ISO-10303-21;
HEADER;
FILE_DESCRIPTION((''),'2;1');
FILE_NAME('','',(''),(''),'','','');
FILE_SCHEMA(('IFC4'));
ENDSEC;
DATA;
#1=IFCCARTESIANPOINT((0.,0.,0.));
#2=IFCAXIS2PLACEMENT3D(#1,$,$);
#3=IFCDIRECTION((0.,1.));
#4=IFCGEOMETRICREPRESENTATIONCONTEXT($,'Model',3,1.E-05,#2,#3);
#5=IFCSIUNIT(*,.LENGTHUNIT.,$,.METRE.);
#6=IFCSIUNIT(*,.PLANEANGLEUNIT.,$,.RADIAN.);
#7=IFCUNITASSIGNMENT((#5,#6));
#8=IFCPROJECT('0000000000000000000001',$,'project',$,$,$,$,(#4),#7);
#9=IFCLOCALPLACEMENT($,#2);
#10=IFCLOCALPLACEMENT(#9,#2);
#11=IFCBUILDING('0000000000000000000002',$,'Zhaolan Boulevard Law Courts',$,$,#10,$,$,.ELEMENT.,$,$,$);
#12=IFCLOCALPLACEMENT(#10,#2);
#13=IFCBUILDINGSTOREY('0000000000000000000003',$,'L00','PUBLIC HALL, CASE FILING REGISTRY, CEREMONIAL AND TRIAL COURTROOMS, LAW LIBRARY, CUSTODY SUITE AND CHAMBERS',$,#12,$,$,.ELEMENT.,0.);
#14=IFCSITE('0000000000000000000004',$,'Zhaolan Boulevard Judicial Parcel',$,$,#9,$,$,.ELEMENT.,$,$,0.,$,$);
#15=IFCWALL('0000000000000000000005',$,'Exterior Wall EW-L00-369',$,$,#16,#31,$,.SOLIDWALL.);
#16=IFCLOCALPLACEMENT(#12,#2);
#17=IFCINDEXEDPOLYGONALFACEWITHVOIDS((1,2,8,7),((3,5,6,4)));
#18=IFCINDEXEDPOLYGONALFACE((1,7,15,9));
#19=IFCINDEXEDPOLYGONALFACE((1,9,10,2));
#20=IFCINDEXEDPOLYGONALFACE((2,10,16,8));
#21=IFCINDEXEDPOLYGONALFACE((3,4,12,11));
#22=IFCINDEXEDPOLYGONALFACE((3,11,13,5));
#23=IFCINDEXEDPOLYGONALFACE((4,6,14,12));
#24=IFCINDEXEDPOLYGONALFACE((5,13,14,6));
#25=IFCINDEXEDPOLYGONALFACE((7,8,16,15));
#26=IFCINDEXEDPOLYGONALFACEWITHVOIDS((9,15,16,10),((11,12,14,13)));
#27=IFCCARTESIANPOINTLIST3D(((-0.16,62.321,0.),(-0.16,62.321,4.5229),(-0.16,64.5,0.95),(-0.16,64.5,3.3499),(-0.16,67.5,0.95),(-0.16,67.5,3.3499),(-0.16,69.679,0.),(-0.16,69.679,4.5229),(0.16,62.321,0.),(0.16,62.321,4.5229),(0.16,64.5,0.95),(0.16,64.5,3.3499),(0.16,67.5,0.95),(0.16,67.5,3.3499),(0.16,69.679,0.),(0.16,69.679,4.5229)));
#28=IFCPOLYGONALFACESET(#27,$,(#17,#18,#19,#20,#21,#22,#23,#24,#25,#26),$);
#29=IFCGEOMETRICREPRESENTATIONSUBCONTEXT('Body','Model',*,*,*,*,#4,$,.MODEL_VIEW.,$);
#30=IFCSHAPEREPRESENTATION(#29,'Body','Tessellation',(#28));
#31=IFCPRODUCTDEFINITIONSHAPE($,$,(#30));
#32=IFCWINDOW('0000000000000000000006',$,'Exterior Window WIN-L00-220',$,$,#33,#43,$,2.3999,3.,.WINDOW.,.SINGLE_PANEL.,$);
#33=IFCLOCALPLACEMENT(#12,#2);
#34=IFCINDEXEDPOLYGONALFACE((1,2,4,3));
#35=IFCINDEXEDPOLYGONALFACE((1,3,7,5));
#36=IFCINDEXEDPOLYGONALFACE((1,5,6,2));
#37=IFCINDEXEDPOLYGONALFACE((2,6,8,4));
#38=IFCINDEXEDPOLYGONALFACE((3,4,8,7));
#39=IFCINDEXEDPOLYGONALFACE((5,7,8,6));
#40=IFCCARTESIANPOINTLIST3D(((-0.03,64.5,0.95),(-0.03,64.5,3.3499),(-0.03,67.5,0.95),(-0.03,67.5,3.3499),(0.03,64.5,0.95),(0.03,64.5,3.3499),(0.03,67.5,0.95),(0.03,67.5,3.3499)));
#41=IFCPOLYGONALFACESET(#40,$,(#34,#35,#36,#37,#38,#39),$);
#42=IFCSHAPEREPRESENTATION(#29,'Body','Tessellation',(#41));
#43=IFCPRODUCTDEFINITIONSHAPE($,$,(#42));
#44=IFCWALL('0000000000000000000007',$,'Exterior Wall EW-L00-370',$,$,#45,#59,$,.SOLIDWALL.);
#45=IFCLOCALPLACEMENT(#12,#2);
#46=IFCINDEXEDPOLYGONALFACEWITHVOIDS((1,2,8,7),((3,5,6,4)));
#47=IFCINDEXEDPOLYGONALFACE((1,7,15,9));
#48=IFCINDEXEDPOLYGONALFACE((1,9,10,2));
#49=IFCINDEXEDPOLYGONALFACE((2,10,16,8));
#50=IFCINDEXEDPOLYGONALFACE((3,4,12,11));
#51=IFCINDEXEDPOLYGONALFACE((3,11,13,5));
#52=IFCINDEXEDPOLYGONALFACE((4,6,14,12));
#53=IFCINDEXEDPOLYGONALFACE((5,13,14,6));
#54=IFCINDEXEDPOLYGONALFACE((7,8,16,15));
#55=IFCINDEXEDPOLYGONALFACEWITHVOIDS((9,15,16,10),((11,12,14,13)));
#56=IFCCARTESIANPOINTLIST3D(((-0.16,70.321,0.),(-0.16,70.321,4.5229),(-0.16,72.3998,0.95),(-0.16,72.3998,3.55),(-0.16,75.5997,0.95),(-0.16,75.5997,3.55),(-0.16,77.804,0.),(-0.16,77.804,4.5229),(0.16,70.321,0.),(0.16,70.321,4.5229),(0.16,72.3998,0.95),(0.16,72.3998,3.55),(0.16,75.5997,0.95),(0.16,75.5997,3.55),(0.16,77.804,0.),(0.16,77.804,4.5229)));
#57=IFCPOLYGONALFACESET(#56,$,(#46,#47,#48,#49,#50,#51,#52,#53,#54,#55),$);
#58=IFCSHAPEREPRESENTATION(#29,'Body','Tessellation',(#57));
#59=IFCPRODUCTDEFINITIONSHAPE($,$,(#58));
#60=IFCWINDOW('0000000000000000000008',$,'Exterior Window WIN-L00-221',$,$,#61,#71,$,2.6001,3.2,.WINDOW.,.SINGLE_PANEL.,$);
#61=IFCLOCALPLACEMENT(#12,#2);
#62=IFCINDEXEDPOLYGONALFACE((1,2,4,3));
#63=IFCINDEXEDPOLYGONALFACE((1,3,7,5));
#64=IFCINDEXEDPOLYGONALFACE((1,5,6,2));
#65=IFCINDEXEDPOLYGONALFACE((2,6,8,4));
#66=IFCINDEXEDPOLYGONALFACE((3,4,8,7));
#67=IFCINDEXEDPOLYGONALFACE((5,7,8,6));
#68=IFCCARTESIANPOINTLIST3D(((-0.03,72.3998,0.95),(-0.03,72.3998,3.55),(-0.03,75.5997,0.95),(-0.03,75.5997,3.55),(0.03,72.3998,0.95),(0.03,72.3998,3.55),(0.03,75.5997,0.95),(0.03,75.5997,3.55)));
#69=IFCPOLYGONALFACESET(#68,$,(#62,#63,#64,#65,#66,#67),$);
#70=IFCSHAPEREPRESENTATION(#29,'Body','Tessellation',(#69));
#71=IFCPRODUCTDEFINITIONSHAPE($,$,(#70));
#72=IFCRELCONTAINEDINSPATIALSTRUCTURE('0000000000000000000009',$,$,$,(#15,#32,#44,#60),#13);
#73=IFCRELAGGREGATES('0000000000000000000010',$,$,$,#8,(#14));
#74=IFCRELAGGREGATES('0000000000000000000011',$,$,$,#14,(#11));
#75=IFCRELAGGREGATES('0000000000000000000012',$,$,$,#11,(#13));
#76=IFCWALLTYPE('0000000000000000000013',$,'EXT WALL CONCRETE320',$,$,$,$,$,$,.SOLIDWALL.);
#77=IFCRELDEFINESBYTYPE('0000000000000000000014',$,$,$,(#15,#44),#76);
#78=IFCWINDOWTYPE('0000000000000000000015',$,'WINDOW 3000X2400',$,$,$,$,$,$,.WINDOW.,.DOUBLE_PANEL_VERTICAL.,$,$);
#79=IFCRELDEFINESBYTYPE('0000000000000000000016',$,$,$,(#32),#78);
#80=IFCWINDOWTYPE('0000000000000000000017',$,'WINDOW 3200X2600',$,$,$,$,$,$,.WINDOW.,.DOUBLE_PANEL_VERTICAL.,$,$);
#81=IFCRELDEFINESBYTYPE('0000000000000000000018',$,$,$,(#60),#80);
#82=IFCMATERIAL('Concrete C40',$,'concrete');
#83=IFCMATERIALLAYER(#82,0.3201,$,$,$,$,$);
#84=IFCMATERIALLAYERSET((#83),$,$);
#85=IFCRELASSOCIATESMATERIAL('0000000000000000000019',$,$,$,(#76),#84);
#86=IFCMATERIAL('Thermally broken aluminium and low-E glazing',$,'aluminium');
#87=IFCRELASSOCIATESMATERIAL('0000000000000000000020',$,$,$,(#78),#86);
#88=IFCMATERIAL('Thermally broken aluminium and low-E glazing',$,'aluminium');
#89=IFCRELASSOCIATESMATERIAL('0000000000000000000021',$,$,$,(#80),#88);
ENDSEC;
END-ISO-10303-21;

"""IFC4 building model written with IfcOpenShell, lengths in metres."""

from ifc_helpers import new_model, si_unit, direction, frame, frame_2d, origin, place, context, subcontext, project, spatial, rectangle, extrude, material, layer, layer_set, type_object, element, fill, save


model = new_model("IFC4")

# Units and contexts
model_context = context("Model", 3, precision=1e-05, world=origin(), true_north=direction((0.0, 1.0)))
body_context = subcontext(model_context, "Body", "Model", "MODEL_VIEW")
ifc_project = project(units=[si_unit("LENGTHUNIT", "METRE"), si_unit("PLANEANGLEUNIT", "RADIAN")], contexts=[model_context])

# Site, building, storey
site_placement = place(None, origin())
site = spatial("IfcSite", under=ifc_project, at=site_placement, Name="Zhaolan Boulevard Judicial Parcel", CompositionType="ELEMENT", RefElevation=0.0)
building_placement = place(site_placement, origin())
building = spatial("IfcBuilding", under=site, at=building_placement, Name="Zhaolan Boulevard Law Courts", CompositionType="ELEMENT")
storey_placement = place(building_placement, origin())
storey = spatial("IfcBuildingStorey", under=building, at=storey_placement, Name="L00", Description="PUBLIC HALL, CASE FILING REGISTRY, CEREMONIAL AND TRIAL COURTROOMS, LAW LIBRARY, CUSTODY SUITE AND CHAMBERS", CompositionType="ELEMENT", Elevation=0.0)

# Walls, openings, windows
ifc_material_1 = material(Name="Concrete C40", Category="concrete")
ifc_layer_1 = layer(ifc_material_1, 0.3201)
ifc_layer_set_1 = layer_set([ifc_layer_1])
wall_type_1 = type_object("IfcWallType", Name="EXT WALL CONCRETE320", PredefinedType="SOLIDWALL", material=ifc_layer_set_1)
wall_1_placement = place(storey_placement, frame((0.0, 69.679, 0.0), z_axis=(0.0, 0.0, 1.0), x_axis=(0.0, -1.0, 0.0)))
wall_1 = element("IfcWall", 1, at=wall_1_placement, inside=storey, type_object=wall_type_1, Name="Exterior Wall EW-L00-369", PredefinedType="SOLIDWALL", context=body_context, shape_type="SweptSolid", body=[
    extrude(rectangle(XDim=7.3579, YDim=0.3201, at=frame_2d((3.679, 0.0))), origin(), (0.0, 0.0, 1.0), 4.5229),
])
opening_1_placement = place(wall_1_placement, frame((2.179, 0.0, 0.95)))
opening_1 = element("IfcOpeningElement", 2, at=opening_1_placement, cuts=wall_1, PredefinedType="OPENING", context=body_context, shape_type="SweptSolid", body=[
    extrude(rectangle(XDim=3.0, YDim=2.3999, at=frame_2d((1.5, 1.2))), frame((0.0, 0.1699, 0.0), z_axis=(0.0, -1.0, 0.0), x_axis=(1.0, 0.0, 0.0)), (0.0, 0.0, 1.0), 0.3401),
])
ifc_material_2 = material(Name="Thermally broken aluminium and low-E glazing", Category="aluminium")
window_type_1 = type_object("IfcWindowType", Name="WINDOW 3000X2400", PartitioningType="DOUBLE_PANEL_VERTICAL", PredefinedType="WINDOW", material=ifc_material_2)
window_1_placement = place(opening_1_placement, origin())
window_1 = element("IfcWindow", 3, at=window_1_placement, inside=storey, type_object=window_type_1, Name="Exterior Window WIN-L00-220", OverallHeight=2.3999, OverallWidth=3.0, PartitioningType="SINGLE_PANEL", PredefinedType="WINDOW", context=body_context, shape_type="SweptSolid", body=[
    extrude(rectangle(XDim=3.0, YDim=2.3999, at=frame_2d((1.5, 1.2))), frame((0.0, 0.03, 0.0), z_axis=(0.0, -1.0, 0.0), x_axis=(1.0, 0.0, 0.0)), (0.0, 0.0, 1.0), 0.0601),
])
fill(opening_1, window_1)
wall_2_placement = place(storey_placement, frame((0.0, 77.804, 0.0), z_axis=(0.0, 0.0, 1.0), x_axis=(0.0, -1.0, 0.0)))
wall_2 = element("IfcWall", 4, at=wall_2_placement, inside=storey, type_object=wall_type_1, Name="Exterior Wall EW-L00-370", PredefinedType="SOLIDWALL", context=body_context, shape_type="SweptSolid", body=[
    extrude(rectangle(XDim=7.4829, YDim=0.3201, at=frame_2d((3.7415, 0.0))), origin(), (0.0, 0.0, 1.0), 4.5229),
])
opening_2_placement = place(wall_2_placement, frame((2.2041, 0.0, 0.95)))
opening_2 = element("IfcOpeningElement", 5, at=opening_2_placement, cuts=wall_2, PredefinedType="OPENING", context=body_context, shape_type="SweptSolid", body=[
    extrude(rectangle(XDim=3.2, YDim=2.6001, at=frame_2d((1.6001, 1.3))), frame((0.0, 0.1699, 0.0), z_axis=(0.0, -1.0, 0.0), x_axis=(1.0, 0.0, 0.0)), (0.0, 0.0, 1.0), 0.3401),
])
ifc_material_3 = material(Name="Thermally broken aluminium and low-E glazing", Category="aluminium")
window_type_2 = type_object("IfcWindowType", Name="WINDOW 3200X2600", PartitioningType="DOUBLE_PANEL_VERTICAL", PredefinedType="WINDOW", material=ifc_material_3)
window_2_placement = place(opening_2_placement, origin())
window_2 = element("IfcWindow", 6, at=window_2_placement, inside=storey, type_object=window_type_2, Name="Exterior Window WIN-L00-221", OverallHeight=2.6001, OverallWidth=3.2, PartitioningType="SINGLE_PANEL", PredefinedType="WINDOW", context=body_context, shape_type="SweptSolid", body=[
    extrude(rectangle(XDim=3.2, YDim=2.6001, at=frame_2d((1.6001, 1.3))), frame((0.0, 0.03, 0.0), z_axis=(0.0, -1.0, 0.0), x_axis=(1.0, 0.0, 0.0)), (0.0, 0.0, 1.0), 0.0601),
])
fill(opening_2, window_2)

save(model, "model.ifc")
